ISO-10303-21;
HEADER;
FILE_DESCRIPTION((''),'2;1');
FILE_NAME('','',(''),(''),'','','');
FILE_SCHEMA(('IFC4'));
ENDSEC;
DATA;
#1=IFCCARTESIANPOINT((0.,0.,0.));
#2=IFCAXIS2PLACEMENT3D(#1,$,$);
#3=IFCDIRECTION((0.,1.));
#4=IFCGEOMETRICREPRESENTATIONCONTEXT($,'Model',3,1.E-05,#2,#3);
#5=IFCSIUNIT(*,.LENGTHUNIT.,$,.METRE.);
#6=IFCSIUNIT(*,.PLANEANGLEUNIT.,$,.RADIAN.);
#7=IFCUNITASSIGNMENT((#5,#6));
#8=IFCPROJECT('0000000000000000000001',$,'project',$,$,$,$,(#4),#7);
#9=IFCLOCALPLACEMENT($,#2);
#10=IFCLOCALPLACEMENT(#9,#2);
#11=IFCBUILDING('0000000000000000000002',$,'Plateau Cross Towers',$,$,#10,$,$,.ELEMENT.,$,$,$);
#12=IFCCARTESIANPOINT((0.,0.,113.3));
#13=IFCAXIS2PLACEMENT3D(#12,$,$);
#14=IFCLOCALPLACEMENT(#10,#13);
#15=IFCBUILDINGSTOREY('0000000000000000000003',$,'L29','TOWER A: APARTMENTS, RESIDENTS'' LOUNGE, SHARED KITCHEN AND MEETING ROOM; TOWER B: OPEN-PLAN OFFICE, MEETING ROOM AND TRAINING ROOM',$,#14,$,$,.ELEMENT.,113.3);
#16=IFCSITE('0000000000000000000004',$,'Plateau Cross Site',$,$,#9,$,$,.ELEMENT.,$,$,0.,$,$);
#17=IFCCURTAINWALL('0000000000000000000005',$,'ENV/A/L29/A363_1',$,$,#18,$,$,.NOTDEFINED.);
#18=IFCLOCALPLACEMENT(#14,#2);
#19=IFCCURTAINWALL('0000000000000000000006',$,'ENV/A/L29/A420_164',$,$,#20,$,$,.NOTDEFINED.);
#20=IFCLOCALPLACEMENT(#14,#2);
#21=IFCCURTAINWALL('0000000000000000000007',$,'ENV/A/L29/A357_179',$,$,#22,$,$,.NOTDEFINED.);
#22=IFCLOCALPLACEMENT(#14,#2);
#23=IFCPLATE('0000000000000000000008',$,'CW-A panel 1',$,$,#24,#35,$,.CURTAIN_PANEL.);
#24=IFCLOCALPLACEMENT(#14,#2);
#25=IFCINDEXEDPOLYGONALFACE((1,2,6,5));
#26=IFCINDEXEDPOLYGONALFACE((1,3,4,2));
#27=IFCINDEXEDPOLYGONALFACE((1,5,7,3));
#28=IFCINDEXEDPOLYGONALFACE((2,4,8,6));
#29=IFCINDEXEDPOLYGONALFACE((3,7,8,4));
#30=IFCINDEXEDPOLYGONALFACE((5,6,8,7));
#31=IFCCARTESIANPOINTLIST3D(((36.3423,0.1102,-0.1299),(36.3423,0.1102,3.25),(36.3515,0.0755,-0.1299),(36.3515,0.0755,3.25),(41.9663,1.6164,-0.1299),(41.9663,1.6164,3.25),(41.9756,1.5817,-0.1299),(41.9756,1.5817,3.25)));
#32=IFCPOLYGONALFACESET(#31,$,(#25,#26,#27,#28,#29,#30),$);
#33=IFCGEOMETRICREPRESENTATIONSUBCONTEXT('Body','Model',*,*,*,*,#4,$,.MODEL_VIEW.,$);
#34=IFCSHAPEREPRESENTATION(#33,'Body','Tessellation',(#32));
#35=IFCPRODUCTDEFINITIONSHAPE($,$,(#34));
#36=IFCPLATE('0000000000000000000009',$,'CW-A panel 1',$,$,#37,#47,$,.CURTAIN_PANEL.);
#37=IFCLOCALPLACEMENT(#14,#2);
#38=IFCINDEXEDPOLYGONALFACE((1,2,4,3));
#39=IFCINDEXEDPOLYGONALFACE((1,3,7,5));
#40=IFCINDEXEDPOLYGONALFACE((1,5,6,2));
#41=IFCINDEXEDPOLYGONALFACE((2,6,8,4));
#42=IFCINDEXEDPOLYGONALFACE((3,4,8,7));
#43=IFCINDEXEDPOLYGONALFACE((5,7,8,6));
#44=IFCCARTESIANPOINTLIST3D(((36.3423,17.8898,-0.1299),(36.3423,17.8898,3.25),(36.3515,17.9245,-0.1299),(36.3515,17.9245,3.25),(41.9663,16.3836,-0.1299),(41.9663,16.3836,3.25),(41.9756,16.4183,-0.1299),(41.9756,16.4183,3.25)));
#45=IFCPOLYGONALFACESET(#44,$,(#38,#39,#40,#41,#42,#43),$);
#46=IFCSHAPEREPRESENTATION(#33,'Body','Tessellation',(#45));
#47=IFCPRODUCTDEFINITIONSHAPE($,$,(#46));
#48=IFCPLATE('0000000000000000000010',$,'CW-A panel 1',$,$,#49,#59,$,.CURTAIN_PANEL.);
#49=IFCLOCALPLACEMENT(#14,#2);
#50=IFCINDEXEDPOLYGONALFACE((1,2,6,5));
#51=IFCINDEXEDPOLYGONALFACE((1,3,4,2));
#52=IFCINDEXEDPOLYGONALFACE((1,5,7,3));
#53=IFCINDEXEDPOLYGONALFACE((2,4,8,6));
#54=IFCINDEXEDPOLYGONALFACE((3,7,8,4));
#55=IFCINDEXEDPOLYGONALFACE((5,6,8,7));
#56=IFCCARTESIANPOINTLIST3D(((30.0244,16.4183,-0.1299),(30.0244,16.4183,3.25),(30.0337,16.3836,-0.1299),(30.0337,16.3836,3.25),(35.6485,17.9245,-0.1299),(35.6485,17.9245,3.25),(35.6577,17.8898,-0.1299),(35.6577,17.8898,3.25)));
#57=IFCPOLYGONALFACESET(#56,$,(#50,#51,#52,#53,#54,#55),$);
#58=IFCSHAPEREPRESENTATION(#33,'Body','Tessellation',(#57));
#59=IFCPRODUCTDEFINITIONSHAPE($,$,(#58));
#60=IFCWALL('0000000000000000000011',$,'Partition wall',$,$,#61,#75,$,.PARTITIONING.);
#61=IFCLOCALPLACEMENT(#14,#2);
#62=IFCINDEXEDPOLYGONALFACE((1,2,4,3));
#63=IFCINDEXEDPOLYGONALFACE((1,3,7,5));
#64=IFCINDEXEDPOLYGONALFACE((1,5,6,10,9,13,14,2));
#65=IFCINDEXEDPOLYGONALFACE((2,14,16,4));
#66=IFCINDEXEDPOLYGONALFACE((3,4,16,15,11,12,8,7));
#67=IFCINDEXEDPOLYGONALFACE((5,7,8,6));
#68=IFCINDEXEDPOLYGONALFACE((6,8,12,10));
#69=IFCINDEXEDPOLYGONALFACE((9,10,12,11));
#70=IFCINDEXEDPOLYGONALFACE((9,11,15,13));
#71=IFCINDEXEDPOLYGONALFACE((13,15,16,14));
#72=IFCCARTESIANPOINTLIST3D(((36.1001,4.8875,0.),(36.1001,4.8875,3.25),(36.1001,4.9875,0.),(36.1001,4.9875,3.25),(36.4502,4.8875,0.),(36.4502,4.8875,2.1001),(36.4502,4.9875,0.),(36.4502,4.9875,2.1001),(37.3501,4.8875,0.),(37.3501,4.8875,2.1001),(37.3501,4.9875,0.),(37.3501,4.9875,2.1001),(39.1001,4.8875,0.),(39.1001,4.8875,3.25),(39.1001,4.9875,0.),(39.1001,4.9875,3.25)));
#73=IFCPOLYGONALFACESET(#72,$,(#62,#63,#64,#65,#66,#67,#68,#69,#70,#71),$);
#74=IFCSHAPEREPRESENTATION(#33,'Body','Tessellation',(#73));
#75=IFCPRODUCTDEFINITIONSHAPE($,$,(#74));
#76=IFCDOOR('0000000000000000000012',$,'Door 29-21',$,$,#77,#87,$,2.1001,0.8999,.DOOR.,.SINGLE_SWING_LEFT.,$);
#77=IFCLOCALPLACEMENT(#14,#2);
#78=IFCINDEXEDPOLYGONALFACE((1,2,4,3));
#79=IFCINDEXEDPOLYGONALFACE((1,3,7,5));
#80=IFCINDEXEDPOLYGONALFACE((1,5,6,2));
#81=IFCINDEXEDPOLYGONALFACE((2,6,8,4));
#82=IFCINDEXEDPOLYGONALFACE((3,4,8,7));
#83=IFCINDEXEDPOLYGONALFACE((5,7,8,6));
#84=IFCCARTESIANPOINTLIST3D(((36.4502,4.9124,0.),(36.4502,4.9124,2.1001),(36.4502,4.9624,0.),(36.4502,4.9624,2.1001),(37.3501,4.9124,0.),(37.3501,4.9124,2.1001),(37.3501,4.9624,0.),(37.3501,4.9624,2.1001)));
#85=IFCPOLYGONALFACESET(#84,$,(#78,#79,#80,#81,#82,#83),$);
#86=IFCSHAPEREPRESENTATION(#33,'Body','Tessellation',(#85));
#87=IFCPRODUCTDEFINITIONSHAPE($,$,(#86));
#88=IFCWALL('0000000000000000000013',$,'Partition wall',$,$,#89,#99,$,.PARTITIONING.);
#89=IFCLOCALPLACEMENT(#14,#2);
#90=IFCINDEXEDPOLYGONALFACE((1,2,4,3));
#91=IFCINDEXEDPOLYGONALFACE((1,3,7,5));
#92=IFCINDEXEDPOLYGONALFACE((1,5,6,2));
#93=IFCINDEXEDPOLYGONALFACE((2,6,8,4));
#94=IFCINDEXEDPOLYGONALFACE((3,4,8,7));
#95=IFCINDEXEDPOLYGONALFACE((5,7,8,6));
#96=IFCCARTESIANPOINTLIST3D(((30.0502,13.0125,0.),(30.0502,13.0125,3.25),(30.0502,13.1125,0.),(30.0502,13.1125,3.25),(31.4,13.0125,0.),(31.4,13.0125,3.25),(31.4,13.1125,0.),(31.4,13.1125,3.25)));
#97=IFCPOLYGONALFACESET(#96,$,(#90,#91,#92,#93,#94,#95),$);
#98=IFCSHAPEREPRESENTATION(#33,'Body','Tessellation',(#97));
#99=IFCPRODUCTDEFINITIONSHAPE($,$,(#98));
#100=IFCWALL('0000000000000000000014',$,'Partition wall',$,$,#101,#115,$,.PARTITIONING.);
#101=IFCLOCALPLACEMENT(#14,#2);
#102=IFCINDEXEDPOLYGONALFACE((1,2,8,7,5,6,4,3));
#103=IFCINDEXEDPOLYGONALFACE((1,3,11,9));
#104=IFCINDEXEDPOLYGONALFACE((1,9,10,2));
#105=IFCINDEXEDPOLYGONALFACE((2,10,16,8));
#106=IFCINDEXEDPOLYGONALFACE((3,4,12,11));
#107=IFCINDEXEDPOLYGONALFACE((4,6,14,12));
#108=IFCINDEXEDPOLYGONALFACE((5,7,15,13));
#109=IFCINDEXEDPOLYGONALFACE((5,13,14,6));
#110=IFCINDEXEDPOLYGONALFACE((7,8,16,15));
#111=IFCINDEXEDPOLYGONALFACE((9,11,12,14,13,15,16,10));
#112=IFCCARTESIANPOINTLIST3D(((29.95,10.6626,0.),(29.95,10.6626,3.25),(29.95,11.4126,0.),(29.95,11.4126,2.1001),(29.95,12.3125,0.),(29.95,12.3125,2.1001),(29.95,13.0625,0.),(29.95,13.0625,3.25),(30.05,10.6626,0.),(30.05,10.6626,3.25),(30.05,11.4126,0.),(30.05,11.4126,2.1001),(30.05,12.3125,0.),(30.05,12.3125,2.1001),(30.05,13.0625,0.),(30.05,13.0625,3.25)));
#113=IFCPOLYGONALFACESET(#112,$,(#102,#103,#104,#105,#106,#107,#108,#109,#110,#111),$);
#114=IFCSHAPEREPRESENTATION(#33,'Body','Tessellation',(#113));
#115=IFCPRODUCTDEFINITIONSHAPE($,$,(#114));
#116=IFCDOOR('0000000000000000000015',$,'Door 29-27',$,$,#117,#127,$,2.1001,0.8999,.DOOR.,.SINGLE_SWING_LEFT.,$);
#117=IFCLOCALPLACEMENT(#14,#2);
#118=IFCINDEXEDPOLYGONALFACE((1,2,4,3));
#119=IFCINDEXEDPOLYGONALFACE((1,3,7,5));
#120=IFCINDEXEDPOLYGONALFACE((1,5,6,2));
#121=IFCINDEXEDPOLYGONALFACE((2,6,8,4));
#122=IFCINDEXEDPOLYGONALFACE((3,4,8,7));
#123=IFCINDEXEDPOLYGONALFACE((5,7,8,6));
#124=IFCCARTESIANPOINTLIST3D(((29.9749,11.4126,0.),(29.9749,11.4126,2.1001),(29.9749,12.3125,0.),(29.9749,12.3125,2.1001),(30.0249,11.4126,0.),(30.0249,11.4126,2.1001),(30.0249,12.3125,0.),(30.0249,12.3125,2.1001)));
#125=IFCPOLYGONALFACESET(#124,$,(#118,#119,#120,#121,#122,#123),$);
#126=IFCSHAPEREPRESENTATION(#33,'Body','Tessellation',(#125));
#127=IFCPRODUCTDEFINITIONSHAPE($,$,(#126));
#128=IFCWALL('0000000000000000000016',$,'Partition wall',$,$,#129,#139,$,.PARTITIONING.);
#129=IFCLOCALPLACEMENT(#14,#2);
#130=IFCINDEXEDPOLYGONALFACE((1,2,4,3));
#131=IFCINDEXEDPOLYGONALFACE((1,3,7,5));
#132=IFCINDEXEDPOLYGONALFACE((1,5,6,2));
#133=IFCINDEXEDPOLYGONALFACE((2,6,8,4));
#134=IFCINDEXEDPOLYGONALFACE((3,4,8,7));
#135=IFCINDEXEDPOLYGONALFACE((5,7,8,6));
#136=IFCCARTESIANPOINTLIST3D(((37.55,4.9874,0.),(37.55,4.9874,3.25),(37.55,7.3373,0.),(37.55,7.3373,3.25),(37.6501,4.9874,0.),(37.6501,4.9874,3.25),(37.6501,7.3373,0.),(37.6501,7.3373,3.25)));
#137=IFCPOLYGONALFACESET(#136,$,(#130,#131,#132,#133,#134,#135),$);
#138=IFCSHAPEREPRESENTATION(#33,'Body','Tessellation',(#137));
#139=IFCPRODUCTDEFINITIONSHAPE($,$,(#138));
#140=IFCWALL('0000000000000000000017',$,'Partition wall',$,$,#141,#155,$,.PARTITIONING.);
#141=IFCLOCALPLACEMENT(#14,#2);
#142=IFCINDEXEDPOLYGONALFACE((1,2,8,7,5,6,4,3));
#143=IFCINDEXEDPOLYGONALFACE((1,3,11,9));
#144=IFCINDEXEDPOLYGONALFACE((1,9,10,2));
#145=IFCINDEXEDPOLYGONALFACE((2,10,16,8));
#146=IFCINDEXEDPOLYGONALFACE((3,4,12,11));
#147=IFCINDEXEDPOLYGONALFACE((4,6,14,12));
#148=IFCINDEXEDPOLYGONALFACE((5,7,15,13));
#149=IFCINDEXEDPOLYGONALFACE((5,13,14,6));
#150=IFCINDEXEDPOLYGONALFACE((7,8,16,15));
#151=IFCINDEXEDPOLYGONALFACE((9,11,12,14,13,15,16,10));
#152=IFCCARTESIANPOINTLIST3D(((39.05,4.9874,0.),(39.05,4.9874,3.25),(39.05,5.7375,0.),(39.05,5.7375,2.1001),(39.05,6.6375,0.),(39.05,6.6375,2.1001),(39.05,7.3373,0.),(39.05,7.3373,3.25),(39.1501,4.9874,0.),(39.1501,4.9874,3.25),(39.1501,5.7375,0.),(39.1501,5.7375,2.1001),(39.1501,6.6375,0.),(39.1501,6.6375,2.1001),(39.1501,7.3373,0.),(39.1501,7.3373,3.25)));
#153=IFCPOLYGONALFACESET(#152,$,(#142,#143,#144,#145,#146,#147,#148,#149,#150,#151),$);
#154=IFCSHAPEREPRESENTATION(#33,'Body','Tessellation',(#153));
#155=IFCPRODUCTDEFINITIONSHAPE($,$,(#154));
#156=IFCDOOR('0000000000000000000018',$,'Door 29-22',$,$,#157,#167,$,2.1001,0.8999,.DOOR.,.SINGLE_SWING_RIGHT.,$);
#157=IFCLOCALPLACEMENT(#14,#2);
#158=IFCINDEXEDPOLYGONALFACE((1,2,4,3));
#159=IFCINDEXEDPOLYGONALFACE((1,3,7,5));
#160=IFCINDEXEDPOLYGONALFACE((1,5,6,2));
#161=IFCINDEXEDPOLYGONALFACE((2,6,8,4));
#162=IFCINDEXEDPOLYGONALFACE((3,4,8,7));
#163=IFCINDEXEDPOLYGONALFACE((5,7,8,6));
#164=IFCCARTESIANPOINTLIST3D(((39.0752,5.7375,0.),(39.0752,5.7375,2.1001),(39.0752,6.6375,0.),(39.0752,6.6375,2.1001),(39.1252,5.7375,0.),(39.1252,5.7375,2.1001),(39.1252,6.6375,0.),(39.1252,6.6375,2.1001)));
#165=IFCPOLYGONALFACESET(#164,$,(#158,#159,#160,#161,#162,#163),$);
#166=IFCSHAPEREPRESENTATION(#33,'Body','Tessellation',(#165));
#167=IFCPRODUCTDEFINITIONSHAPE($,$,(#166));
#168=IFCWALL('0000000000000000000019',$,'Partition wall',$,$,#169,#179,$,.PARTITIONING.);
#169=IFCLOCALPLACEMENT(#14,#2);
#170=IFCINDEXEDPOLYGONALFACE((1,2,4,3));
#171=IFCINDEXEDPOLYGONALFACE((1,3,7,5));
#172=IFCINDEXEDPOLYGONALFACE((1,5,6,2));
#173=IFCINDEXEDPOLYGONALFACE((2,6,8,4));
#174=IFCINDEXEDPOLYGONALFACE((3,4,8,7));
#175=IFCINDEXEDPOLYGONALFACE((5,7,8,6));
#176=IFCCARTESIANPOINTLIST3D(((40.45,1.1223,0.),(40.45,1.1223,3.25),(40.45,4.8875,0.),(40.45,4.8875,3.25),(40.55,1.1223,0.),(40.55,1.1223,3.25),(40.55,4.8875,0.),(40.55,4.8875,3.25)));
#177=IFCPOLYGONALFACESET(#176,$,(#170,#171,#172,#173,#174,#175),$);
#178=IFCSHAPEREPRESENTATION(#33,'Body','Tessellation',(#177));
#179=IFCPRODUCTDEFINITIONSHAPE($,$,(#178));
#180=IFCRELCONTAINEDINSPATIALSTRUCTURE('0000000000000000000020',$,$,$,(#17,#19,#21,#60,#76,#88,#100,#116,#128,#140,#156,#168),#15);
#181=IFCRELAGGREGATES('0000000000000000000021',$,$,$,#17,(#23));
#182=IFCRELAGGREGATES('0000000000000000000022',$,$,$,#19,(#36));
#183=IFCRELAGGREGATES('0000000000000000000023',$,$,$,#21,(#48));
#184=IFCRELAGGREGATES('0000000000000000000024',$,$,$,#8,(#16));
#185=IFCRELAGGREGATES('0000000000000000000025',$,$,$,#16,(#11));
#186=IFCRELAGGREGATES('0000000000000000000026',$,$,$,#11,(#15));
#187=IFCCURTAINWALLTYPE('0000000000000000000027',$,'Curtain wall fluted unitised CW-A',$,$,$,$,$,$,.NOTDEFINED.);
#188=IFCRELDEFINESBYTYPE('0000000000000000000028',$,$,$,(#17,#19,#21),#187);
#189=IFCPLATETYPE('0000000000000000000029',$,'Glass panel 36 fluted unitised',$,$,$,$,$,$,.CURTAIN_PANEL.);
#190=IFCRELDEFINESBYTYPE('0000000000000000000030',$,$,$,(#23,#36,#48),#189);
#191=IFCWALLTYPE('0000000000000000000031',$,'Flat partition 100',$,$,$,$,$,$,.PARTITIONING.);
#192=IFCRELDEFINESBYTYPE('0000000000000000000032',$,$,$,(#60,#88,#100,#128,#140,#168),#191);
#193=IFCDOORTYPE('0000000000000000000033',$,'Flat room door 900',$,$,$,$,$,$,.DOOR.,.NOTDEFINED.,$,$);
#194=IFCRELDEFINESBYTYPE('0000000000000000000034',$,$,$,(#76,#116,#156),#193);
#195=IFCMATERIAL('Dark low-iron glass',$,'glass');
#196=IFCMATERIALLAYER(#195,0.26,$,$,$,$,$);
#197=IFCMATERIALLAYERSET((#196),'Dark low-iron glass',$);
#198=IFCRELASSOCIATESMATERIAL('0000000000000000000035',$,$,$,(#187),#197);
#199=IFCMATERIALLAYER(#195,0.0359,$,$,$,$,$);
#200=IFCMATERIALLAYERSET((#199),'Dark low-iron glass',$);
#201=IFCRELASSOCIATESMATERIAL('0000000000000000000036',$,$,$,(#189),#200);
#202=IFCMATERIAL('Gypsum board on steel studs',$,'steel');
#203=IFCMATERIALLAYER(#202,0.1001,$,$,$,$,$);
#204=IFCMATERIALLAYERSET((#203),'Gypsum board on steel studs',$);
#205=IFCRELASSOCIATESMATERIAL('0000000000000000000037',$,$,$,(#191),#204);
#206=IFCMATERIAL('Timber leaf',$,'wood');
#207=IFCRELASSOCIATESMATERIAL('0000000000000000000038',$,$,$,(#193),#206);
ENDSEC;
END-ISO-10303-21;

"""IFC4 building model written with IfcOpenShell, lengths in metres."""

from ifc_helpers import new_model, si_unit, direction, frame, frame_2d, origin, origin_2d, place, context, subcontext, project, spatial, rectangle, extrude, material, layer, layer_set, type_object, element, fill, aggregate, save


model = new_model("IFC4")

# Units and contexts
model_context = context("Model", 3, precision=1e-05, world=origin(), true_north=direction((0.0, 1.0)))
body_context = subcontext(model_context, "Body", "Model", "MODEL_VIEW")
ifc_project = project(units=[si_unit("LENGTHUNIT", "METRE"), si_unit("PLANEANGLEUNIT", "RADIAN")], contexts=[model_context])

# Site, building, storey
site_placement = place(None, origin())
site = spatial("IfcSite", under=ifc_project, at=site_placement, Name="Plateau Cross Site", CompositionType="ELEMENT", RefElevation=0.0)
building_placement = place(site_placement, origin())
building = spatial("IfcBuilding", under=site, at=building_placement, Name="Plateau Cross Towers", CompositionType="ELEMENT")
storey_placement = place(building_placement, frame((0.0, 0.0, 113.3)))
storey = spatial("IfcBuildingStorey", under=building, at=storey_placement, Name="L29", Description="TOWER A: APARTMENTS, RESIDENTS' LOUNGE, SHARED KITCHEN AND MEETING ROOM; TOWER B: OPEN-PLAN OFFICE, MEETING ROOM AND TRAINING ROOM", CompositionType="ELEMENT", Elevation=113.3)

# Curtain wall
ifc_material_1 = material(Name="Dark low-iron glass", Category="glass")
ifc_layer_1 = layer(ifc_material_1, 0.26)
ifc_layer_set_1 = layer_set([ifc_layer_1], Name="Dark low-iron glass")
curtain_wall_type = type_object("IfcCurtainWallType", Name="Curtain wall fluted unitised CW-A", PredefinedType="NOTDEFINED", material=ifc_layer_set_1)
curtain_wall_1_placement = place(storey_placement, origin())
curtain_wall_1 = element("IfcCurtainWall", 1, at=curtain_wall_1_placement, inside=storey, type_object=curtain_wall_type, Name="ENV/A/L29/A363_1", PredefinedType="NOTDEFINED")

# Curtain wall
curtain_wall_2_placement = place(storey_placement, origin())
curtain_wall_2 = element("IfcCurtainWall", 2, at=curtain_wall_2_placement, inside=storey, type_object=curtain_wall_type, Name="ENV/A/L29/A420_164", PredefinedType="NOTDEFINED")

# Curtain wall
curtain_wall_3_placement = place(storey_placement, origin())
curtain_wall_3 = element("IfcCurtainWall", 3, at=curtain_wall_3_placement, inside=storey, type_object=curtain_wall_type, Name="ENV/A/L29/A357_179", PredefinedType="NOTDEFINED")

# Plates
ifc_layer_2 = layer(ifc_material_1, 0.0359)
ifc_layer_set_2 = layer_set([ifc_layer_2], Name="Dark low-iron glass")
plate_type = type_object("IfcPlateType", Name="Glass panel 36 fluted unitised", PredefinedType="CURTAIN_PANEL", material=ifc_layer_set_2)
plate_1_placement = place(storey_placement, frame((39.1589, 0.8459, -0.1299), z_axis=(0.0, 0.0, 1.0), x_axis=(0.965958, 0.258699, 0.0)))
plate_1 = element("IfcPlate", 4, at=plate_1_placement, type_object=plate_type, Name="CW-A panel 1", PredefinedType="CURTAIN_PANEL", context=body_context, shape_type="SweptSolid", body=[
    extrude(rectangle(XDim=5.8223, YDim=0.0359, at=origin_2d()), origin(), (0.0, 0.0, 1.0), 3.3799),
])
aggregate(curtain_wall_1, [plate_1])
plate_2_placement = place(storey_placement, frame((39.1589, 17.1541, -0.1299), z_axis=(0.0, 0.0, 1.0), x_axis=(-0.965958, 0.258699, 0.0)))
plate_2 = element("IfcPlate", 5, at=plate_2_placement, type_object=plate_type, Name="CW-A panel 1", PredefinedType="CURTAIN_PANEL", context=body_context, shape_type="SweptSolid", body=[
    extrude(rectangle(XDim=5.8223, YDim=0.0359, at=origin_2d()), origin(), (0.0, 0.0, 1.0), 3.3799),
])
aggregate(curtain_wall_2, [plate_2])
plate_3_placement = place(storey_placement, frame((32.8411, 17.1541, -0.1299), z_axis=(0.0, 0.0, 1.0), x_axis=(-0.965958, -0.258699, 0.0)))
plate_3 = element("IfcPlate", 6, at=plate_3_placement, type_object=plate_type, Name="CW-A panel 1", PredefinedType="CURTAIN_PANEL", context=body_context, shape_type="SweptSolid", body=[
    extrude(rectangle(XDim=5.8223, YDim=0.0359, at=origin_2d()), origin(), (0.0, 0.0, 1.0), 3.3799),
])
aggregate(curtain_wall_3, [plate_3])

# Wall, opening, door
ifc_material_2 = material(Name="Gypsum board on steel studs", Category="steel")
ifc_layer_3 = layer(ifc_material_2, 0.1001)
ifc_layer_set_3 = layer_set([ifc_layer_3], Name="Gypsum board on steel studs")
wall_type_1 = type_object("IfcWallType", Name="Flat partition 100", PredefinedType="PARTITIONING", material=ifc_layer_set_3)
wall_1_placement = place(storey_placement, frame((36.1001, 4.9375, 0.0), z_axis=(0.0, 0.0, 1.0), x_axis=(1.0, 0.0, 0.0)))
wall_1 = element("IfcWall", 7, at=wall_1_placement, inside=storey, type_object=wall_type_1, Name="Partition wall", PredefinedType="PARTITIONING", context=body_context, shape_type="SweptSolid", body=[
    extrude(rectangle(XDim=3.0, YDim=0.1001, at=frame_2d((1.5, 0.0))), origin(), (0.0, 0.0, 1.0), 3.25),
])
opening_1_placement = place(wall_1_placement, frame((0.3501, 0.0, 0.0)))
opening_1 = element("IfcOpeningElement", 8, at=opening_1_placement, cuts=wall_1, PredefinedType="OPENING", context=body_context, shape_type="SweptSolid", body=[
    extrude(rectangle(XDim=0.8999, YDim=2.1001, at=frame_2d((0.45, 1.05))), frame((0.0, 0.0601, 0.0), z_axis=(0.0, -1.0, 0.0), x_axis=(1.0, 0.0, 0.0)), (0.0, 0.0, 1.0), 0.1201),
])
ifc_material_3 = material(Name="Timber leaf", Category="wood")
door_type = type_object("IfcDoorType", Name="Flat room door 900", OperationType="NOTDEFINED", PredefinedType="DOOR", material=ifc_material_3)
door_1_placement = place(opening_1_placement, origin())
door_1 = element("IfcDoor", 9, at=door_1_placement, inside=storey, type_object=door_type, Name="Door 29-21", OperationType="SINGLE_SWING_LEFT", OverallHeight=2.1001, OverallWidth=0.8999, PredefinedType="DOOR", context=body_context, shape_type="SweptSolid", body=[
    extrude(rectangle(XDim=0.8999, YDim=2.1001, at=frame_2d((0.45, 1.05))), frame((0.0, 0.0249, 0.0), z_axis=(0.0, -1.0, 0.0), x_axis=(1.0, 0.0, 0.0)), (0.0, 0.0, 1.0), 0.05),
])
fill(opening_1, door_1)

# Wall
wall_2_placement = place(storey_placement, frame((31.3999, 13.0625, 0.0), z_axis=(0.0, 0.0, 1.0), x_axis=(-1.0, 0.0, 0.0)))
element("IfcWall", 10, at=wall_2_placement, inside=storey, type_object=wall_type_1, Name="Partition wall", PredefinedType="PARTITIONING", context=body_context, shape_type="SweptSolid", body=[
    extrude(rectangle(XDim=1.3499, YDim=0.1001, at=frame_2d((0.6748, 0.0))), origin(), (0.0, 0.0, 1.0), 3.25),
])

# Wall, opening, door
wall_3_placement = place(storey_placement, frame((30.0, 13.0625, 0.0), z_axis=(0.0, 0.0, 1.0), x_axis=(0.0, -1.0, 0.0)))
wall_3 = element("IfcWall", 11, at=wall_3_placement, inside=storey, type_object=wall_type_1, Name="Partition wall", PredefinedType="PARTITIONING", context=body_context, shape_type="SweptSolid", body=[
    extrude(rectangle(XDim=2.3999, YDim=0.1001, at=frame_2d((1.2, 0.0))), origin(), (0.0, 0.0, 1.0), 3.25),
])
opening_2_placement = place(wall_3_placement, frame((0.75, 0.0, 0.0)))
opening_2 = element("IfcOpeningElement", 12, at=opening_2_placement, cuts=wall_3, PredefinedType="OPENING", context=body_context, shape_type="SweptSolid", body=[
    extrude(rectangle(XDim=0.8999, YDim=2.1001, at=frame_2d((0.45, 1.05))), frame((0.0, 0.0601, 0.0), z_axis=(0.0, -1.0, 0.0), x_axis=(1.0, 0.0, 0.0)), (0.0, 0.0, 1.0), 0.1201),
])
door_2_placement = place(opening_2_placement, origin())
door_2 = element("IfcDoor", 13, at=door_2_placement, inside=storey, type_object=door_type, Name="Door 29-27", OperationType="SINGLE_SWING_LEFT", OverallHeight=2.1001, OverallWidth=0.8999, PredefinedType="DOOR", context=body_context, shape_type="SweptSolid", body=[
    extrude(rectangle(XDim=0.8999, YDim=2.1001, at=frame_2d((0.45, 1.05))), frame((0.0, 0.0249, 0.0), z_axis=(0.0, -1.0, 0.0), x_axis=(1.0, 0.0, 0.0)), (0.0, 0.0, 1.0), 0.05),
])
fill(opening_2, door_2)

# Wall
wall_4_placement = place(storey_placement, frame((37.6001, 4.9875, 0.0), z_axis=(0.0, 0.0, 1.0), x_axis=(0.0, 1.0, 0.0)))
element("IfcWall", 14, at=wall_4_placement, inside=storey, type_object=wall_type_1, Name="Partition wall", PredefinedType="PARTITIONING", context=body_context, shape_type="SweptSolid", body=[
    extrude(rectangle(XDim=2.3499, YDim=0.1001, at=frame_2d((1.1748, 0.0))), origin(), (0.0, 0.0, 1.0), 3.25),
])

# Wall, opening, door
wall_5_placement = place(storey_placement, frame((39.1001, 4.9875, 0.0), z_axis=(0.0, 0.0, 1.0), x_axis=(0.0, 1.0, 0.0)))
wall_5 = element("IfcWall", 15, at=wall_5_placement, inside=storey, type_object=wall_type_1, Name="Partition wall", PredefinedType="PARTITIONING", context=body_context, shape_type="SweptSolid", body=[
    extrude(rectangle(XDim=2.3499, YDim=0.1001, at=frame_2d((1.1748, 0.0))), origin(), (0.0, 0.0, 1.0), 3.25),
])
opening_3_placement = place(wall_5_placement, frame((0.75, 0.0, 0.0)))
opening_3 = element("IfcOpeningElement", 16, at=opening_3_placement, cuts=wall_5, PredefinedType="OPENING", context=body_context, shape_type="SweptSolid", body=[
    extrude(rectangle(XDim=0.8999, YDim=2.1001, at=frame_2d((0.45, 1.05))), frame((0.0, 0.0601, 0.0), z_axis=(0.0, -1.0, 0.0), x_axis=(1.0, 0.0, 0.0)), (0.0, 0.0, 1.0), 0.1201),
])
door_3_placement = place(opening_3_placement, origin())
door_3 = element("IfcDoor", 17, at=door_3_placement, inside=storey, type_object=door_type, Name="Door 29-22", OperationType="SINGLE_SWING_RIGHT", OverallHeight=2.1001, OverallWidth=0.8999, PredefinedType="DOOR", context=body_context, shape_type="SweptSolid", body=[
    extrude(rectangle(XDim=0.8999, YDim=2.1001, at=frame_2d((0.45, 1.05))), frame((0.0, 0.0249, 0.0), z_axis=(0.0, -1.0, 0.0), x_axis=(1.0, 0.0, 0.0)), (0.0, 0.0, 1.0), 0.05),
])
fill(opening_3, door_3)

# Wall
wall_6_placement = place(storey_placement, frame((40.5, 4.8875, 0.0), z_axis=(0.0, 0.0, 1.0), x_axis=(0.0, -1.0, 0.0)))
element("IfcWall", 18, at=wall_6_placement, inside=storey, type_object=wall_type_1, Name="Partition wall", PredefinedType="PARTITIONING", context=body_context, shape_type="SweptSolid", body=[
    extrude(rectangle(XDim=3.7651, YDim=0.1001, at=frame_2d((1.8826, 0.0))), origin(), (0.0, 0.0, 1.0), 3.25),
])

save(model, "model.ifc")
